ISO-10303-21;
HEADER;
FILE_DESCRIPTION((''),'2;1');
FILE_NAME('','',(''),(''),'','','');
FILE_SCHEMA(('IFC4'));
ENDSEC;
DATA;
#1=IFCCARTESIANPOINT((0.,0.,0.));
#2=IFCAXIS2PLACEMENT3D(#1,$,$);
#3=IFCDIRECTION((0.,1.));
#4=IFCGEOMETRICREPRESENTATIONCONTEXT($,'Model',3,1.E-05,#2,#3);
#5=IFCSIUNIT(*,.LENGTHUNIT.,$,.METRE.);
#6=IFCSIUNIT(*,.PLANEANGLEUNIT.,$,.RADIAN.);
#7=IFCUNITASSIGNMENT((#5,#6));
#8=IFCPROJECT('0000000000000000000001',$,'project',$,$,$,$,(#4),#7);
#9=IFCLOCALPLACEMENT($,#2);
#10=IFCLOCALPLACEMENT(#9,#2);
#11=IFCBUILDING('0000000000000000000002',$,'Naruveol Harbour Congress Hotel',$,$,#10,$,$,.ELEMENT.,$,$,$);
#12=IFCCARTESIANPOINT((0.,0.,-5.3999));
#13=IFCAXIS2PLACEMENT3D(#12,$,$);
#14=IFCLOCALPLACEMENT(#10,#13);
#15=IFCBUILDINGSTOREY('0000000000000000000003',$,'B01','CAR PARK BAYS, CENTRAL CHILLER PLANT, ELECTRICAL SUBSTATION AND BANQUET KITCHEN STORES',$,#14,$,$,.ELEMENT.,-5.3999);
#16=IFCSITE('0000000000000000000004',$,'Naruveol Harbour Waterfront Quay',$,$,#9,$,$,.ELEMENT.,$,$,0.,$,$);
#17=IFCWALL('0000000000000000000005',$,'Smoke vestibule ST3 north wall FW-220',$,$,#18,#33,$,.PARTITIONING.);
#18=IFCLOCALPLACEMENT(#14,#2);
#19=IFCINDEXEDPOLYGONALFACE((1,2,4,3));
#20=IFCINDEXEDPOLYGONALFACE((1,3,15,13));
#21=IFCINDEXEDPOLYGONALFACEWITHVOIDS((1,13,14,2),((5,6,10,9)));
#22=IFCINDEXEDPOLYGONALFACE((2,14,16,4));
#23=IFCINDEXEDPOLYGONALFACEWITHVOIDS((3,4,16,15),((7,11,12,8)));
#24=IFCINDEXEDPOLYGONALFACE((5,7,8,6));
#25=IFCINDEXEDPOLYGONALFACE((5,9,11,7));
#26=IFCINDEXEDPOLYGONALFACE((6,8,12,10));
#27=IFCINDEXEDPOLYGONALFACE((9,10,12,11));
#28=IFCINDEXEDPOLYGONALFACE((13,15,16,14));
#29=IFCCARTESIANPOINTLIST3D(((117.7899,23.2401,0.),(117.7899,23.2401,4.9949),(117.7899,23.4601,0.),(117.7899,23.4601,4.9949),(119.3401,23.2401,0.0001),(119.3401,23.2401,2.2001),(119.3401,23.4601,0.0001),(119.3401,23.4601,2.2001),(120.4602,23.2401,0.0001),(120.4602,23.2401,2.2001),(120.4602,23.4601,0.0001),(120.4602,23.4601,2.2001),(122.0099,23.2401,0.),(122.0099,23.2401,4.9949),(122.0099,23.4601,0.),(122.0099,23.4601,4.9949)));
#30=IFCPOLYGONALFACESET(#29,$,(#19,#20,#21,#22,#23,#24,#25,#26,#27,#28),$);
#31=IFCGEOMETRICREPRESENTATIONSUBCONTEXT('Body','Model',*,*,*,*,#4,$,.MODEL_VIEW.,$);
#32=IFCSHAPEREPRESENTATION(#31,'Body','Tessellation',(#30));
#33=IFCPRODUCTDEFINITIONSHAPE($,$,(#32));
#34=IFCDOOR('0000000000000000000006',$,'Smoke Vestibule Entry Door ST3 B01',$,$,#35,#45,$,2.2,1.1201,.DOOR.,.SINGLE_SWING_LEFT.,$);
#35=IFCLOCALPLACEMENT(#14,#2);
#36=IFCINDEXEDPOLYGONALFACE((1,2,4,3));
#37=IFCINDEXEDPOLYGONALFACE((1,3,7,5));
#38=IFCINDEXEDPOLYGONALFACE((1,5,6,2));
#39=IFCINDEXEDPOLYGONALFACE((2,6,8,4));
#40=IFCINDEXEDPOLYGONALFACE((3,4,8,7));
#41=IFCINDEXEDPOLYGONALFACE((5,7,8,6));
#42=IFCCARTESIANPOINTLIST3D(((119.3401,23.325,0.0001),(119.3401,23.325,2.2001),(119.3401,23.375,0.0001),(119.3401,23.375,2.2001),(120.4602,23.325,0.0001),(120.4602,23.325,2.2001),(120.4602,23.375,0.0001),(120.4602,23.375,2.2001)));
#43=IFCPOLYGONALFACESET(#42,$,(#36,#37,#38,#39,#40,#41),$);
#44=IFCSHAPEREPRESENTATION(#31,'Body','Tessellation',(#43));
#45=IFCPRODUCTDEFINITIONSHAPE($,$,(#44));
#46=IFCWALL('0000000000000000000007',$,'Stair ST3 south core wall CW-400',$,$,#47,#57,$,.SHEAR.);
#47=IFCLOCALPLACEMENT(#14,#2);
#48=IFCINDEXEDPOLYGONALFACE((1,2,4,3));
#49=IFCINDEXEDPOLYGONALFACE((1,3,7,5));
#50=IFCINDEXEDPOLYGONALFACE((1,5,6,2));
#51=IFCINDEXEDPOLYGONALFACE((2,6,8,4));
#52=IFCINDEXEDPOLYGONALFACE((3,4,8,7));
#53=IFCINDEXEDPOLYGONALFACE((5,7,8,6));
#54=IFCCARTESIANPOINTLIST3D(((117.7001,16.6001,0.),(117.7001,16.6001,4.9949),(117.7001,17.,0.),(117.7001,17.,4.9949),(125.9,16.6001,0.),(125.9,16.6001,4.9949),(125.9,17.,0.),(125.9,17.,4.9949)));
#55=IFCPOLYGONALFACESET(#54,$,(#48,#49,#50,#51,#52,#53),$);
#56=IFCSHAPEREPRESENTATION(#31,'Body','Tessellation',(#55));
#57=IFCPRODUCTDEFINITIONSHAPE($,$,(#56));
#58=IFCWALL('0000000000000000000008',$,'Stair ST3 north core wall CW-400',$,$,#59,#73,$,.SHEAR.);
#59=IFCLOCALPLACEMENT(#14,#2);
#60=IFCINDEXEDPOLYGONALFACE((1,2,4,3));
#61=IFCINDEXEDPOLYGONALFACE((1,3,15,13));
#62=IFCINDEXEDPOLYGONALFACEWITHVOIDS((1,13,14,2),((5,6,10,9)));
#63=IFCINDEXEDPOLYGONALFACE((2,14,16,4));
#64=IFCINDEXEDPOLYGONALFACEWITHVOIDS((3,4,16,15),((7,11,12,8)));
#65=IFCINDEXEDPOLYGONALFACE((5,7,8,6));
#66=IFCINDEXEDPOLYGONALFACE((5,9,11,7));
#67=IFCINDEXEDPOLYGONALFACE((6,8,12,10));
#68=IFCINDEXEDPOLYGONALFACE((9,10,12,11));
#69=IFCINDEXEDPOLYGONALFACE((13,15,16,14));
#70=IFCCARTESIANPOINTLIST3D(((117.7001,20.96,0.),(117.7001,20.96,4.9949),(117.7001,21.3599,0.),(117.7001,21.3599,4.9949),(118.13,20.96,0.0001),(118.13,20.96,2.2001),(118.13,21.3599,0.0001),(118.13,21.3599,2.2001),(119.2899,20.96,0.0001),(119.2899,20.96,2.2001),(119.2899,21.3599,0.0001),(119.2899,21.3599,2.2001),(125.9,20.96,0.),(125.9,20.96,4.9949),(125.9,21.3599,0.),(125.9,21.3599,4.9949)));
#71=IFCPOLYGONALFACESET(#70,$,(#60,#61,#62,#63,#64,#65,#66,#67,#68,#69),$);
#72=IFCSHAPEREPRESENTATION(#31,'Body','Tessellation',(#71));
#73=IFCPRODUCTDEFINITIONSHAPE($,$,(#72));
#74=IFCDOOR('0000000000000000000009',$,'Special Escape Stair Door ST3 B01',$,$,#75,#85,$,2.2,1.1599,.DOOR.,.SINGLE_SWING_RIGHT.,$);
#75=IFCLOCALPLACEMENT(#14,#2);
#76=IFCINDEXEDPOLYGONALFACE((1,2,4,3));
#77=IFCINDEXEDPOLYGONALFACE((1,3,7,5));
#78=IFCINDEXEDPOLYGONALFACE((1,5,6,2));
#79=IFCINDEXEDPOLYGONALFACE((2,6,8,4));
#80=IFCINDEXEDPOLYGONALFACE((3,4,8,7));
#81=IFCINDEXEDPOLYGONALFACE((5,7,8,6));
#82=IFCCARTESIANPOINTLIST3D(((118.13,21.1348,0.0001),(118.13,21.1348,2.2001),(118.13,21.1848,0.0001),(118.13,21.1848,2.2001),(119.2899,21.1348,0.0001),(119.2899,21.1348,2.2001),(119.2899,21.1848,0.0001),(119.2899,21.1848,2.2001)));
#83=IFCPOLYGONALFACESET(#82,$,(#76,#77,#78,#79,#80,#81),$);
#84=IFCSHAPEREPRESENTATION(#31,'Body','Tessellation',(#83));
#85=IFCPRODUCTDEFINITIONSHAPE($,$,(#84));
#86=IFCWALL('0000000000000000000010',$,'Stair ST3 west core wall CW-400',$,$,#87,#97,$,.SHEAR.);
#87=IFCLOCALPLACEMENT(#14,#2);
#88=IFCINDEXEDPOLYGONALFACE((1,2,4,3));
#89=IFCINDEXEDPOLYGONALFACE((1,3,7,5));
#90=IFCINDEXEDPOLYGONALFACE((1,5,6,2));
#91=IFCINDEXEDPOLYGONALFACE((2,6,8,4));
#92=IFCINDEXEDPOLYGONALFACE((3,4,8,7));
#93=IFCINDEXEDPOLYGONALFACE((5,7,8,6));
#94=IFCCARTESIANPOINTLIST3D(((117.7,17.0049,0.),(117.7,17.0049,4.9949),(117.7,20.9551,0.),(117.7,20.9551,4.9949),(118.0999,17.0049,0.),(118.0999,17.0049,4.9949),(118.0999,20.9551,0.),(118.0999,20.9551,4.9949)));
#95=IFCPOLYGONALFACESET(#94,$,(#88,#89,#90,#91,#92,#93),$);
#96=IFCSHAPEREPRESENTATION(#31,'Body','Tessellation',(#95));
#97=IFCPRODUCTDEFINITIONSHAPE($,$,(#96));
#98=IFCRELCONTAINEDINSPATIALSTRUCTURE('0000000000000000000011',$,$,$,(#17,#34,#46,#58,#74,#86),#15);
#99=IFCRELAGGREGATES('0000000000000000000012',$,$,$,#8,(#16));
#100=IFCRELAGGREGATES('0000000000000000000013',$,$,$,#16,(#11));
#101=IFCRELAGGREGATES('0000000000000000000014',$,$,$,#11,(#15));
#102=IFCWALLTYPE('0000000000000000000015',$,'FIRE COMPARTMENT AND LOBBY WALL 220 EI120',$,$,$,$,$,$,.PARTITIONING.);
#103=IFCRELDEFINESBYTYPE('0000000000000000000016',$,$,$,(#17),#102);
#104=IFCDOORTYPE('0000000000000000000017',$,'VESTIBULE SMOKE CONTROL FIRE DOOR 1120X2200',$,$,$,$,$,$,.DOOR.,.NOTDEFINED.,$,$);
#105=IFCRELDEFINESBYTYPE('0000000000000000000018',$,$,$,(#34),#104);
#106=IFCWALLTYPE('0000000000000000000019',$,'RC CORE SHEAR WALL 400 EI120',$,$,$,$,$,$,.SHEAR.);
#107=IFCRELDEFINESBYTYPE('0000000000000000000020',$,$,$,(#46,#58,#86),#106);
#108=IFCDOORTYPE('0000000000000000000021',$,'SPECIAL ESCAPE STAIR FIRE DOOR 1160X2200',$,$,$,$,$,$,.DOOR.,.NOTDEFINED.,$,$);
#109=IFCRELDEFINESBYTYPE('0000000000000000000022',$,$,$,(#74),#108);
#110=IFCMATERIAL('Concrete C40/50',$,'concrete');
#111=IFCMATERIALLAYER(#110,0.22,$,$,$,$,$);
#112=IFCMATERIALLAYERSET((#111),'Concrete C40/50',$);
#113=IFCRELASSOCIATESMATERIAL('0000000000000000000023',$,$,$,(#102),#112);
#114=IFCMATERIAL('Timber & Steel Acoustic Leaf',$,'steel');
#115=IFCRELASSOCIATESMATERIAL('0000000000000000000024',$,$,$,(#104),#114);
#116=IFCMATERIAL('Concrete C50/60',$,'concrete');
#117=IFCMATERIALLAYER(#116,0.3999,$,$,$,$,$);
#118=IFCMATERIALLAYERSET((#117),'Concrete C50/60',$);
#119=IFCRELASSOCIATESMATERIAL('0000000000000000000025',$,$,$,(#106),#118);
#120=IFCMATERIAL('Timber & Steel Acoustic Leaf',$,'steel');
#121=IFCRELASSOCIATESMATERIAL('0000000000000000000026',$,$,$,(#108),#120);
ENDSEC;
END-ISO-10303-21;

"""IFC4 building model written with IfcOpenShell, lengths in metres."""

from ifc_helpers import new_model, si_unit, direction, frame, frame_2d, origin, place, context, subcontext, project, spatial, rectangle, extrude, material, layer, layer_set, type_object, element, fill, save


model = new_model("IFC4")

# Units and contexts
model_context = context("Model", 3, precision=1e-05, world=origin(), true_north=direction((0.0, 1.0)))
body_context = subcontext(model_context, "Body", "Model", "MODEL_VIEW")
ifc_project = project(units=[si_unit("LENGTHUNIT", "METRE"), si_unit("PLANEANGLEUNIT", "RADIAN")], contexts=[model_context])

# Site, building, storey
site_placement = place(None, origin())
site = spatial("IfcSite", under=ifc_project, at=site_placement, Name="Naruveol Harbour Waterfront Quay", CompositionType="ELEMENT", RefElevation=0.0)
building_placement = place(site_placement, origin())
building = spatial("IfcBuilding", under=site, at=building_placement, Name="Naruveol Harbour Congress Hotel", CompositionType="ELEMENT")
storey_placement = place(building_placement, frame((0.0, 0.0, -5.3999)))
storey = spatial("IfcBuildingStorey", under=building, at=storey_placement, Name="B01", Description="CAR PARK BAYS, CENTRAL CHILLER PLANT, ELECTRICAL SUBSTATION AND BANQUET KITCHEN STORES", CompositionType="ELEMENT", Elevation=-5.3999)

# Shared definitions
ifc_material_1 = material(Name="Concrete C40/50", Category="concrete")
ifc_layer_1 = layer(ifc_material_1, 0.22)
ifc_layer_set_1 = layer_set([ifc_layer_1], Name="Concrete C40/50")
wall_type_1 = type_object("IfcWallType", Name="FIRE COMPARTMENT AND LOBBY WALL 220 EI120", PredefinedType="PARTITIONING", material=ifc_layer_set_1)

# Wall, opening, door
wall_1_placement = place(storey_placement, frame((117.79, 23.3501, 0.0), z_axis=(0.0, 0.0, 1.0), x_axis=(1.0, 0.0, 0.0)))
wall_1 = element("IfcWall", 1, at=wall_1_placement, inside=storey, type_object=wall_type_1, Name="Smoke vestibule ST3 north wall FW-220", PredefinedType="PARTITIONING", context=body_context, shape_type="SweptSolid", body=[
    extrude(rectangle(XDim=4.22, YDim=0.22, at=frame_2d((2.1099, 0.0))), origin(), (0.0, 0.0, 1.0), 4.9949),
])
opening_1_placement = place(wall_1_placement, frame((1.55, 0.0, 0.0)))
opening_1 = element("IfcOpeningElement", 2, at=opening_1_placement, cuts=wall_1, PredefinedType="OPENING", context=body_context, shape_type="SweptSolid", body=[
    extrude(rectangle(XDim=1.1201, YDim=2.2, at=frame_2d((0.5601, 1.1001))), frame((0.0, 0.1199, 0.0), z_axis=(0.0, -1.0, 0.0), x_axis=(1.0, 0.0, 0.0)), (0.0, 0.0, 1.0), 0.24),
])
ifc_material_2 = material(Name="Timber & Steel Acoustic Leaf", Category="steel")
door_type_1 = type_object("IfcDoorType", Name="VESTIBULE SMOKE CONTROL FIRE DOOR 1120X2200", OperationType="NOTDEFINED", PredefinedType="DOOR", material=ifc_material_2)
door_1_placement = place(opening_1_placement, origin())
door_1 = element("IfcDoor", 3, at=door_1_placement, inside=storey, type_object=door_type_1, Name="Smoke Vestibule Entry Door ST3 B01", OperationType="SINGLE_SWING_LEFT", OverallHeight=2.2, OverallWidth=1.1201, PredefinedType="DOOR", context=body_context, shape_type="SweptSolid", body=[
    extrude(rectangle(XDim=1.1201, YDim=2.2, at=frame_2d((0.5601, 1.1001))), frame((0.0, 0.0249, 0.0), z_axis=(0.0, -1.0, 0.0), x_axis=(1.0, 0.0, 0.0)), (0.0, 0.0, 1.0), 0.05),
])
fill(opening_1, door_1)

# Wall
ifc_material_3 = material(Name="Concrete C50/60", Category="concrete")
ifc_layer_2 = layer(ifc_material_3, 0.3999)
ifc_layer_set_2 = layer_set([ifc_layer_2], Name="Concrete C50/60")
wall_type_2 = type_object("IfcWallType", Name="RC CORE SHEAR WALL 400 EI120", PredefinedType="SHEAR", material=ifc_layer_set_2)
wall_2_placement = place(storey_placement, frame((117.7, 16.8, 0.0), z_axis=(0.0, 0.0, 1.0), x_axis=(1.0, 0.0, 0.0)))
element("IfcWall", 4, at=wall_2_placement, inside=storey, type_object=wall_type_2, Name="Stair ST3 south core wall CW-400", PredefinedType="SHEAR", context=body_context, shape_type="SweptSolid", body=[
    extrude(rectangle(XDim=8.2, YDim=0.3999, at=frame_2d((4.1001, 0.0))), origin(), (0.0, 0.0, 1.0), 4.9949),
])

# Wall, opening, door
wall_3_placement = place(storey_placement, frame((117.7, 21.1599, 0.0), z_axis=(0.0, 0.0, 1.0), x_axis=(1.0, 0.0, 0.0)))
wall_3 = element("IfcWall", 5, at=wall_3_placement, inside=storey, type_object=wall_type_2, Name="Stair ST3 north core wall CW-400", PredefinedType="SHEAR", context=body_context, shape_type="SweptSolid", body=[
    extrude(rectangle(XDim=8.2, YDim=0.3999, at=frame_2d((4.1001, 0.0))), origin(), (0.0, 0.0, 1.0), 4.9949),
])
opening_2_placement = place(wall_3_placement, frame((0.4299, 0.0, 0.0)))
opening_2 = element("IfcOpeningElement", 6, at=opening_2_placement, cuts=wall_3, PredefinedType="OPENING", context=body_context, shape_type="SweptSolid", body=[
    extrude(rectangle(XDim=1.1599, YDim=2.2, at=frame_2d((0.5801, 1.1001))), frame((0.0, 0.21, 0.0), z_axis=(0.0, -1.0, 0.0), x_axis=(1.0, 0.0, 0.0)), (0.0, 0.0, 1.0), 0.4199),
])
ifc_material_4 = material(Name="Timber & Steel Acoustic Leaf", Category="steel")
door_type_2 = type_object("IfcDoorType", Name="SPECIAL ESCAPE STAIR FIRE DOOR 1160X2200", OperationType="NOTDEFINED", PredefinedType="DOOR", material=ifc_material_4)
door_2_placement = place(opening_2_placement, origin())
door_2 = element("IfcDoor", 7, at=door_2_placement, inside=storey, type_object=door_type_2, Name="Special Escape Stair Door ST3 B01", OperationType="SINGLE_SWING_RIGHT", OverallHeight=2.2, OverallWidth=1.1599, PredefinedType="DOOR", context=body_context, shape_type="SweptSolid", body=[
    extrude(rectangle(XDim=1.1599, YDim=2.2, at=frame_2d((0.5801, 1.1001))), frame((0.0, 0.0249, 0.0), z_axis=(0.0, -1.0, 0.0), x_axis=(1.0, 0.0, 0.0)), (0.0, 0.0, 1.0), 0.05),
])
fill(opening_2, door_2)

# Wall
wall_4_placement = place(storey_placement, frame((117.8999, 17.0049, 0.0), z_axis=(0.0, 0.0, 1.0), x_axis=(0.0, 1.0, 0.0)))
element("IfcWall", 8, at=wall_4_placement, inside=storey, type_object=wall_type_2, Name="Stair ST3 west core wall CW-400", PredefinedType="SHEAR", context=body_context, shape_type="SweptSolid", body=[
    extrude(rectangle(XDim=3.9502, YDim=0.3999, at=frame_2d((1.9751, 0.0))), origin(), (0.0, 0.0, 1.0), 4.9949),
])

save(model, "model.ifc")
